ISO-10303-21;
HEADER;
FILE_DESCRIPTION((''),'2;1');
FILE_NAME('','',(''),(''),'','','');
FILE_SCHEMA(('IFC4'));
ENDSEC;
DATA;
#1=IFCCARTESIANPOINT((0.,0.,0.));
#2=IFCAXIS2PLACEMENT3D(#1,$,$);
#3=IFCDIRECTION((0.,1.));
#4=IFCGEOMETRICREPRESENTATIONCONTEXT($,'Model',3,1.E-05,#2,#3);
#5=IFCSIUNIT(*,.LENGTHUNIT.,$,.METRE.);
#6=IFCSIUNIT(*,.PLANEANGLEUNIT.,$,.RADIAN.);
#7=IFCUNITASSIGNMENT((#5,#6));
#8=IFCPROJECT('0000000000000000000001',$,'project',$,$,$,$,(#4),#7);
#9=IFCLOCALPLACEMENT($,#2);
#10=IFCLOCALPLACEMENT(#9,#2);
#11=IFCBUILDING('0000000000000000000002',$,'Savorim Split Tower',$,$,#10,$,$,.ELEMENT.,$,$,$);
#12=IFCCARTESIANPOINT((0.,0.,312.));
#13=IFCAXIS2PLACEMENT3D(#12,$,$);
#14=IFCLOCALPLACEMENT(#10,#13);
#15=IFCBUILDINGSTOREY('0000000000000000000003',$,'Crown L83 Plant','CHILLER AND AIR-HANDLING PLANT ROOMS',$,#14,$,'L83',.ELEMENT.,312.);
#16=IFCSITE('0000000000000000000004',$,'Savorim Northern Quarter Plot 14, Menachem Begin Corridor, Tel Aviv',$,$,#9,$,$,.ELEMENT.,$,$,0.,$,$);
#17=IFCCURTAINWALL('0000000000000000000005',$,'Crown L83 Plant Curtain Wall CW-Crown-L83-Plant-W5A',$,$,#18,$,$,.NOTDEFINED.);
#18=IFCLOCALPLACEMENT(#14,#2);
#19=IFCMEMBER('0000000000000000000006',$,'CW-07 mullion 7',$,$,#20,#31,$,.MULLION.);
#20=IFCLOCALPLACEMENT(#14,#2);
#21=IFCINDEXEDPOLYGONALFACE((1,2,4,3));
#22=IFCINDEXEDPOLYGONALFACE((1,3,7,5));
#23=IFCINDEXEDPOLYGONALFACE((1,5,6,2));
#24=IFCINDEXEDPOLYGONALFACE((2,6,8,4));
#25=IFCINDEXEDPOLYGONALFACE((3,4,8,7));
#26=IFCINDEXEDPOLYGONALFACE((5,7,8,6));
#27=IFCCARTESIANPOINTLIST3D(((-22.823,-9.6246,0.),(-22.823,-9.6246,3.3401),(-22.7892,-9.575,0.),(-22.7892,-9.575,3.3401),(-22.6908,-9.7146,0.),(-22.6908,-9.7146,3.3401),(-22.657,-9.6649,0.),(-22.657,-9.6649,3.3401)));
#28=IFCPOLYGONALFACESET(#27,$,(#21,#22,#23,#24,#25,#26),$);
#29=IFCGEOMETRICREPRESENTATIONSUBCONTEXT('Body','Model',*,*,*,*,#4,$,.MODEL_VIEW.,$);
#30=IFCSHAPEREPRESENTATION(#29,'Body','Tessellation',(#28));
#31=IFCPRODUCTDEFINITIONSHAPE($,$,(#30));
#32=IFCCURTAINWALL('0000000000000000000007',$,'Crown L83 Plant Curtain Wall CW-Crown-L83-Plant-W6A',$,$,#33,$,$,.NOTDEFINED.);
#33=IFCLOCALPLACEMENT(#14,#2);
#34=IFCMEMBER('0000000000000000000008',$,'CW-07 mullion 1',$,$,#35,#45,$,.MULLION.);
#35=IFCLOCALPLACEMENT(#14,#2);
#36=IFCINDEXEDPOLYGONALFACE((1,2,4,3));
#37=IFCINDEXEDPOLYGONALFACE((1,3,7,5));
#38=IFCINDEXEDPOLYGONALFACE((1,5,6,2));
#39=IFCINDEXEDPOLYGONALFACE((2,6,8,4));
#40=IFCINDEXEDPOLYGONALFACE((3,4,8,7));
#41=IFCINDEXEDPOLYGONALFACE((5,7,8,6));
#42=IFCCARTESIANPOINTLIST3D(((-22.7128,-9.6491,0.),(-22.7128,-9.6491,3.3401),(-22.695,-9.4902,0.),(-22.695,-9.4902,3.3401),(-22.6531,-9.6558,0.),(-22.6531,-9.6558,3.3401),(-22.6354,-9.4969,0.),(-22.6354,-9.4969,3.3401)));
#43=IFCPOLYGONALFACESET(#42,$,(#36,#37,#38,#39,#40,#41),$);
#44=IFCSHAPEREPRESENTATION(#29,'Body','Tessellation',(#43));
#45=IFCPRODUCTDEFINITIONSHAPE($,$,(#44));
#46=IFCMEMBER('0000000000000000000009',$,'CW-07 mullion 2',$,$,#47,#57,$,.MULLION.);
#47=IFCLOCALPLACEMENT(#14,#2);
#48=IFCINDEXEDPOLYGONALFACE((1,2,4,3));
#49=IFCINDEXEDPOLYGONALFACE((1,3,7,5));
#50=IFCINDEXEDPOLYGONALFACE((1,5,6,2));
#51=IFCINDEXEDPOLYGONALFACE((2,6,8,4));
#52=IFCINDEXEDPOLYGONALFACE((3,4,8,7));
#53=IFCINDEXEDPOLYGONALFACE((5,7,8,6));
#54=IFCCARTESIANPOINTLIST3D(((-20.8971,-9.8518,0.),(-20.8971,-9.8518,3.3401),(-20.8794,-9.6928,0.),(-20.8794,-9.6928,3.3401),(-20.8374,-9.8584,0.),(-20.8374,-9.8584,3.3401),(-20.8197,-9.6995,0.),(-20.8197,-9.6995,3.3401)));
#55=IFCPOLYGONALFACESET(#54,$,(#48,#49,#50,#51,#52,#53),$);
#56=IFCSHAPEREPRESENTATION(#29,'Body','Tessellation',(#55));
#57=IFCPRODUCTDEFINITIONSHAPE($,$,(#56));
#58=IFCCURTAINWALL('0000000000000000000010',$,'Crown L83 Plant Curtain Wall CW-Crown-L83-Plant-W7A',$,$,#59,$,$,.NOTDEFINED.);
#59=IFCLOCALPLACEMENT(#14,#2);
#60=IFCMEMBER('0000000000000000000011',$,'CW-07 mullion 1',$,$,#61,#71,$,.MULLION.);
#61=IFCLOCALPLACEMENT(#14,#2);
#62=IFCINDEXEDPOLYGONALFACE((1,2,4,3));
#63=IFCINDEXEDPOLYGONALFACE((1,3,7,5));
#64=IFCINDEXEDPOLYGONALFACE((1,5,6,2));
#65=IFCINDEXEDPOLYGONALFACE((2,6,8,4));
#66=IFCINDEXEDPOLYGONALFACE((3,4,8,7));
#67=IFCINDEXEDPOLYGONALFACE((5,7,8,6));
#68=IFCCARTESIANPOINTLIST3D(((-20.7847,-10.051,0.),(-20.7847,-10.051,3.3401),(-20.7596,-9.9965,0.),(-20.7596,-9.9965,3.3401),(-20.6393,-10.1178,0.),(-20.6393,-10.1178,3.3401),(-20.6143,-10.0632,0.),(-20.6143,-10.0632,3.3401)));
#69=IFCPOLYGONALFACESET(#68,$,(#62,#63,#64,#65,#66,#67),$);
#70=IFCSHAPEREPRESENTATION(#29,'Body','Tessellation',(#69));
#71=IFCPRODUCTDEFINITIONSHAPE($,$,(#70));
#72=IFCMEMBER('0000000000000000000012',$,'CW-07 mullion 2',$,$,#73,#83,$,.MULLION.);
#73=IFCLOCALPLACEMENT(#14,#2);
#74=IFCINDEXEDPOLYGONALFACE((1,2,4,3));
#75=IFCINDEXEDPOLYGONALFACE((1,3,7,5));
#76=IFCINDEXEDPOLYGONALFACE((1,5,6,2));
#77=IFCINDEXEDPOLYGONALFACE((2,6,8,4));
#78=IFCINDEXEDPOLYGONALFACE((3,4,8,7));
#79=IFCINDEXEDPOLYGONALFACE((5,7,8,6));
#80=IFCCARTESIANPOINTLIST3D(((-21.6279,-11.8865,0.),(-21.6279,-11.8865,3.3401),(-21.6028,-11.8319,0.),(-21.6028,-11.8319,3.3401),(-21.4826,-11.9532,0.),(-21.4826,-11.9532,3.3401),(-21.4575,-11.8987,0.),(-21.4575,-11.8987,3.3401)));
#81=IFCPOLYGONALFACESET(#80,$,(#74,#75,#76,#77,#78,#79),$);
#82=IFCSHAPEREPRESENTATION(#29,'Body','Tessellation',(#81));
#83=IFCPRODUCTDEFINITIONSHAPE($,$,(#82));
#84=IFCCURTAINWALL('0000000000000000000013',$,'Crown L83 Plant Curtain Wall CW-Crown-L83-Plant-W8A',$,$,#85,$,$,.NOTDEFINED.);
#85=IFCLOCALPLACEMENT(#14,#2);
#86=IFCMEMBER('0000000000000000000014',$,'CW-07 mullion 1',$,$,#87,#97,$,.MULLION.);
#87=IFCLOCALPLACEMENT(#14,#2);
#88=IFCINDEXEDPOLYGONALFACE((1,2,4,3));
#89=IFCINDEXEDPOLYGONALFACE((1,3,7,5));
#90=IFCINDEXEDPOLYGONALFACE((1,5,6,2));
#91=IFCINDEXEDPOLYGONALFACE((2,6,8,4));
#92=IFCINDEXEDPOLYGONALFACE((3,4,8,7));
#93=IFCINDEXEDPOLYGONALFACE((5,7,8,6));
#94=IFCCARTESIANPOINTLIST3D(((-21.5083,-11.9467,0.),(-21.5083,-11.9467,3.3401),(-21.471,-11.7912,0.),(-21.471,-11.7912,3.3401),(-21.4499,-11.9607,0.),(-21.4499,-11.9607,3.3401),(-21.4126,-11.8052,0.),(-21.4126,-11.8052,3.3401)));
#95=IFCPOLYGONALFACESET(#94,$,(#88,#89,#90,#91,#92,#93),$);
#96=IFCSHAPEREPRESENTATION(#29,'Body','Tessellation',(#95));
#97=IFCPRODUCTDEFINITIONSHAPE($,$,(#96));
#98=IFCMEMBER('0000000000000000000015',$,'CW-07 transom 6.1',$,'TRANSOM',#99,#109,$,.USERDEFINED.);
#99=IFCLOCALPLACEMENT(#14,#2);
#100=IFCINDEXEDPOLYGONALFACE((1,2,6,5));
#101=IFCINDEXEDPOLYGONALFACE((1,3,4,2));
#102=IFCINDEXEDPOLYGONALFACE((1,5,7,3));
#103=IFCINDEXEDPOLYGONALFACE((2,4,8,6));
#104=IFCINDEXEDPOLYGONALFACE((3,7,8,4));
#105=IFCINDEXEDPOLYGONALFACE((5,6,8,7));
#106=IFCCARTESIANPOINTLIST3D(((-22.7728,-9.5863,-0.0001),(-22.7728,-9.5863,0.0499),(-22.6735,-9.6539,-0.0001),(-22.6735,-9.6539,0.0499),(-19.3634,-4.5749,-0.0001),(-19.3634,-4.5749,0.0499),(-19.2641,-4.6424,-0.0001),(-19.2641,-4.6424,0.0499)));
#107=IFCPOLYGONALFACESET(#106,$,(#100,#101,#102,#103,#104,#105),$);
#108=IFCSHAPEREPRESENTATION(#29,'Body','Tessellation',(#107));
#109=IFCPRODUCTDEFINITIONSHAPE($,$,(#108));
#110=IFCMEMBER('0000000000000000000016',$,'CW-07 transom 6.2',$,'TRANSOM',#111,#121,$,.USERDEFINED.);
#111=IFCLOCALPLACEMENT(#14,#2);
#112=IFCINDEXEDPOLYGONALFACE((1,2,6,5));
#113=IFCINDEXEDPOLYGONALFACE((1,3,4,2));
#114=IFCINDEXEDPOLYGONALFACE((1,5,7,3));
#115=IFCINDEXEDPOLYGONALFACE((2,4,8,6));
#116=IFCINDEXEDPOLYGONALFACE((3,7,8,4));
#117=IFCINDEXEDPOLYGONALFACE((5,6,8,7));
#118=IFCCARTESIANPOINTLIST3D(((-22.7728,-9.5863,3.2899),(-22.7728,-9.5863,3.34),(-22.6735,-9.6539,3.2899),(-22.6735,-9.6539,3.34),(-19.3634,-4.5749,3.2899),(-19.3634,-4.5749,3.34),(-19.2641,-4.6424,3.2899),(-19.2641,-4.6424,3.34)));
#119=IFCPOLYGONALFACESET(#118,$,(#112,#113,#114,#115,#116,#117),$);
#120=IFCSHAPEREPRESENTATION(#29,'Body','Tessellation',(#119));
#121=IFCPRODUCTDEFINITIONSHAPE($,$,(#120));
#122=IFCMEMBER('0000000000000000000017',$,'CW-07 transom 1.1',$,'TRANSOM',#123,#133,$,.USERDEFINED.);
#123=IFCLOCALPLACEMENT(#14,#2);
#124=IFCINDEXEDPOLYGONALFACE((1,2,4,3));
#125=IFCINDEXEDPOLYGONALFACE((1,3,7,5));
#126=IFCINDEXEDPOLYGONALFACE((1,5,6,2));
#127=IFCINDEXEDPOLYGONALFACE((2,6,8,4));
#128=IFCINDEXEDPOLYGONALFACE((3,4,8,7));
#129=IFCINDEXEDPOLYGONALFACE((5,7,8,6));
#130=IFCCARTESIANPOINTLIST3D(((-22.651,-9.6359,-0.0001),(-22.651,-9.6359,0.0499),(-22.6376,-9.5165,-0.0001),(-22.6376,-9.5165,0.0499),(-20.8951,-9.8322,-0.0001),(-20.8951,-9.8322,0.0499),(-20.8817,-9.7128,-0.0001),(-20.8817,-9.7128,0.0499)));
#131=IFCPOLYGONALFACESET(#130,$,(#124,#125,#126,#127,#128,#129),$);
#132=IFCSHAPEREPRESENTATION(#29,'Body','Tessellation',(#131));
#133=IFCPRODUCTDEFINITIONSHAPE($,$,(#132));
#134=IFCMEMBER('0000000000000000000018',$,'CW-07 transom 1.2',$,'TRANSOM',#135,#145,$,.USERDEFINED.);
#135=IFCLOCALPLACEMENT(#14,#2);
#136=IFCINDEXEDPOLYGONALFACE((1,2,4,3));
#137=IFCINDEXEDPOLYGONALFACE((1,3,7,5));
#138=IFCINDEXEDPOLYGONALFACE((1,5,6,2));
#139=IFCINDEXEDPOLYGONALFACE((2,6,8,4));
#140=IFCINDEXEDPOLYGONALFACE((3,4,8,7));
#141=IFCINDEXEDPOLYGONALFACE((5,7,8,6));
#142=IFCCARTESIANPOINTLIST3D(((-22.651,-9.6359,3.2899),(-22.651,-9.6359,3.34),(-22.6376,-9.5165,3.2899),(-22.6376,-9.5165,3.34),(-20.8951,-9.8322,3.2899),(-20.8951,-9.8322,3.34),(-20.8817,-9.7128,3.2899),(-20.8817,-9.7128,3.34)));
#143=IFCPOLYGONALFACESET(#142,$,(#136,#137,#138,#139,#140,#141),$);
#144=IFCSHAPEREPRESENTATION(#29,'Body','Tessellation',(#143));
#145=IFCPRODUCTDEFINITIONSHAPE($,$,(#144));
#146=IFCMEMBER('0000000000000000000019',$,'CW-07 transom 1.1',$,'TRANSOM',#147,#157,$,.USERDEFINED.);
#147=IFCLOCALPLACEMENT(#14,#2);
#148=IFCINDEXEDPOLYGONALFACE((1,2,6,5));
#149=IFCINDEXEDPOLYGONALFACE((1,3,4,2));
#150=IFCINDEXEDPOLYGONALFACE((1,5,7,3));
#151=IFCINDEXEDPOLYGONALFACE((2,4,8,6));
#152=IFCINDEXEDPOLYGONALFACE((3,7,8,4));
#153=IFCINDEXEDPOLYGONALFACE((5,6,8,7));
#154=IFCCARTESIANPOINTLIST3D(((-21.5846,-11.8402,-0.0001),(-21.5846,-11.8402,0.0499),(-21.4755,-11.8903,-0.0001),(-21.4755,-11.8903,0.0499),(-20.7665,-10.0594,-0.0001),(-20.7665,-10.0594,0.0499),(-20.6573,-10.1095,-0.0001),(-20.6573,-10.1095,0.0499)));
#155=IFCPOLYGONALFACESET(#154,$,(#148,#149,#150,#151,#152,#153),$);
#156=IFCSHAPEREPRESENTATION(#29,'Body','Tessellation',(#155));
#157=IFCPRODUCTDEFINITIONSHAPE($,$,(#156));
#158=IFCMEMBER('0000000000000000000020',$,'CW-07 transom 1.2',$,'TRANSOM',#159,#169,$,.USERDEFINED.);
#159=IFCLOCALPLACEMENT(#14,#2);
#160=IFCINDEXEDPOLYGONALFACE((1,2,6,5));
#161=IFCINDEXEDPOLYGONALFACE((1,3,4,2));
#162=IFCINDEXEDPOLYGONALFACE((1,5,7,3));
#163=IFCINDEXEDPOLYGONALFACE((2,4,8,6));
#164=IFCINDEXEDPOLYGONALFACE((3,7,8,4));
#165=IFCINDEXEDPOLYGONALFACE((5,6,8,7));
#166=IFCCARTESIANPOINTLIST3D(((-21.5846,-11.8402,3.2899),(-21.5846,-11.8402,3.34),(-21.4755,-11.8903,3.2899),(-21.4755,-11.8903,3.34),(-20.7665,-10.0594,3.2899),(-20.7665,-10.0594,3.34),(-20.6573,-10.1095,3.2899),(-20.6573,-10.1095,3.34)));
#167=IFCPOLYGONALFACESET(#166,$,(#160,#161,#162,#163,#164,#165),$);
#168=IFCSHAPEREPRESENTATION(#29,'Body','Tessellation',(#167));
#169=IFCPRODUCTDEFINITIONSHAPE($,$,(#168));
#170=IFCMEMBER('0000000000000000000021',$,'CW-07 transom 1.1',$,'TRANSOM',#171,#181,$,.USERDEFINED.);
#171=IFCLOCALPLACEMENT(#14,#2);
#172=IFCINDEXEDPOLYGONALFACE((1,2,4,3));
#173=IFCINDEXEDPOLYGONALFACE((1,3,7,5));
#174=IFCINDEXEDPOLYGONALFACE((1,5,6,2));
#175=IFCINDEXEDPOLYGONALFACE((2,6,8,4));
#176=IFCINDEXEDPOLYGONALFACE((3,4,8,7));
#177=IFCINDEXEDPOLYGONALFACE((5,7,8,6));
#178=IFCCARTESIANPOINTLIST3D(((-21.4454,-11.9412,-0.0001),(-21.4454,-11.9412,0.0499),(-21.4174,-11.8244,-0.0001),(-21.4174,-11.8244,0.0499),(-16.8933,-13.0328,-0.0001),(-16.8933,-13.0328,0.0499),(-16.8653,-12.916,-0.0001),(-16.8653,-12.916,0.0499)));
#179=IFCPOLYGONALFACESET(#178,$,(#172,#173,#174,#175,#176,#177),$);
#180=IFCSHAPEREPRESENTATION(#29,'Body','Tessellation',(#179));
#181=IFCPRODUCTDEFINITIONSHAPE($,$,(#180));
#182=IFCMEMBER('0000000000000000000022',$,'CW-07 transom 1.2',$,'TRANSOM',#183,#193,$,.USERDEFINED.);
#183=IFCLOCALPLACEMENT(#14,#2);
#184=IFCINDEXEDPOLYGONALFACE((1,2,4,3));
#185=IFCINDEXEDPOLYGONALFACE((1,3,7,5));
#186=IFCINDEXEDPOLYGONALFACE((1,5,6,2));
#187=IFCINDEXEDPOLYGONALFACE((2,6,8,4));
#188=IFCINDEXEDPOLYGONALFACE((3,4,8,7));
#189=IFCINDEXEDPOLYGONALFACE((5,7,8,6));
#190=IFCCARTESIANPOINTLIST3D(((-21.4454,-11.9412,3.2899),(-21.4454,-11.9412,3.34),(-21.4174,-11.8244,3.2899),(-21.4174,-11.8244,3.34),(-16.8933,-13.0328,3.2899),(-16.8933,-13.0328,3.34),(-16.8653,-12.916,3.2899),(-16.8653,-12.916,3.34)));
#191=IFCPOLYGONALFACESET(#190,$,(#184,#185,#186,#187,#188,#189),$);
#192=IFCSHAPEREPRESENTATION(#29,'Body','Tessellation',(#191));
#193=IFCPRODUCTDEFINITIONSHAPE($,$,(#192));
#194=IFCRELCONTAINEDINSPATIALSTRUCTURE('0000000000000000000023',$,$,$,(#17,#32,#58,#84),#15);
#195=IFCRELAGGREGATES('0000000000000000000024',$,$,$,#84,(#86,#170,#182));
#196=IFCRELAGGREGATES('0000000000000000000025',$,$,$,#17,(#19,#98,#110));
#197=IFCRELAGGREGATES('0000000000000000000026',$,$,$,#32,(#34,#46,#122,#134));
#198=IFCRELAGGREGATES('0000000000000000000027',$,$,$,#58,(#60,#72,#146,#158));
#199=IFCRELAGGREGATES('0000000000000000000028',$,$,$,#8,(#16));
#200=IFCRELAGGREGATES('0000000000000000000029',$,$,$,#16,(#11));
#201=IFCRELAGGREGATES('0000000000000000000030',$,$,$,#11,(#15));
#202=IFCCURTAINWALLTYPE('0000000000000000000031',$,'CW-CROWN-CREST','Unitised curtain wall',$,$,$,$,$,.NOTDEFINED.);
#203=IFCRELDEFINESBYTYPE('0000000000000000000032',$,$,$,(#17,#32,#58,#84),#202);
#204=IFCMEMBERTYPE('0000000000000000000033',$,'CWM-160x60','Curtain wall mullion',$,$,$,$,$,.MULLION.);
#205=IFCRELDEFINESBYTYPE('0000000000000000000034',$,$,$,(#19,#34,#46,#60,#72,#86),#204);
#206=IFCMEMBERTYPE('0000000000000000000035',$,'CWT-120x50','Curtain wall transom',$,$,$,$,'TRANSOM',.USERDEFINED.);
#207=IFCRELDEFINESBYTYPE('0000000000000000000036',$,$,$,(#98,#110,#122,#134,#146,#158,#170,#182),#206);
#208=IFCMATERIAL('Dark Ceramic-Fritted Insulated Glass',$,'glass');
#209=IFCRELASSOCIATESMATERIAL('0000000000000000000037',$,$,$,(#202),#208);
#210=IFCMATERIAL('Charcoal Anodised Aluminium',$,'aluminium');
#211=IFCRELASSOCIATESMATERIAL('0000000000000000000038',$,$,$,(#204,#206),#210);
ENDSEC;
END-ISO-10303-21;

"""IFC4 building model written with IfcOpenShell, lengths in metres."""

from ifc_helpers import new_model, si_unit, direction, frame, origin, origin_2d, place, context, subcontext, project, spatial, rectangle, extrude, material, material_profile, profile_set, type_object, element, aggregate, save


model = new_model("IFC4")

# Units and contexts
model_context = context("Model", 3, precision=1e-05, world=origin(), true_north=direction((0.0, 1.0)))
body_context = subcontext(model_context, "Body", "Model", "MODEL_VIEW")
ifc_project = project(units=[si_unit("LENGTHUNIT", "METRE"), si_unit("PLANEANGLEUNIT", "RADIAN")], contexts=[model_context])

# Site, building, storey
site_placement = place(None, origin())
site = spatial("IfcSite", under=ifc_project, at=site_placement, Name="Savorim Northern Quarter Plot 14, Menachem Begin Corridor, Tel Aviv", CompositionType="ELEMENT", RefElevation=0.0)
building_placement = place(site_placement, origin())
building = spatial("IfcBuilding", under=site, at=building_placement, Name="Savorim Split Tower", CompositionType="ELEMENT")
storey_placement = place(building_placement, frame((0.0, 0.0, 312.0)))
storey = spatial("IfcBuildingStorey", under=building, at=storey_placement, Name="Crown L83 Plant", Description="CHILLER AND AIR-HANDLING PLANT ROOMS", LongName="L83", CompositionType="ELEMENT", Elevation=312.0)

# Curtain wall, member
ifc_material_1 = material(Name="Dark Ceramic-Fritted Insulated Glass", Category="glass")
curtain_wall_type = type_object("IfcCurtainWallType", Name="CW-CROWN-CREST", Description="Unitised curtain wall", PredefinedType="NOTDEFINED", material=ifc_material_1)
curtain_wall_1_placement = place(storey_placement, origin())
curtain_wall_1 = element("IfcCurtainWall", 1, at=curtain_wall_1_placement, inside=storey, type_object=curtain_wall_type, Name="Crown L83 Plant Curtain Wall CW-Crown-L83-Plant-W5A", PredefinedType="NOTDEFINED")
ifc_material_2 = material(Name="Charcoal Anodised Aluminium", Category="aluminium")
ifc_material_profile_1 = material_profile(ifc_material_2, rectangle(XDim=0.1599, YDim=0.0601, at=origin_2d()), Name="ALU-M 160x60")
ifc_profile_set_1 = profile_set([ifc_material_profile_1], Name="Charcoal Anodised Aluminium")
member_type_1 = type_object("IfcMemberType", Name="CWM-160x60", Description="Curtain wall mullion", PredefinedType="MULLION", material=ifc_profile_set_1)
member_1_placement = place(storey_placement, frame((-22.74, -9.6448, 0.0), z_axis=(0.0, 0.0, 1.0), x_axis=(0.826821, -0.562465, 0.0)))
member_1 = element("IfcMember", 2, at=member_1_placement, type_object=member_type_1, Name="CW-07 mullion 7", PredefinedType="MULLION", context=body_context, shape_type="SweptSolid", body=[
    extrude(rectangle(XDim=0.1599, YDim=0.0601, at=origin_2d()), origin(), (0.0, 0.0, 1.0), 3.3401),
])

# Curtain walls, members
curtain_wall_2_placement = place(storey_placement, origin())
curtain_wall_2 = element("IfcCurtainWall", 3, at=curtain_wall_2_placement, inside=storey, type_object=curtain_wall_type, Name="Crown L83 Plant Curtain Wall CW-Crown-L83-Plant-W6A", PredefinedType="NOTDEFINED")
member_2_placement = place(storey_placement, frame((-22.6741, -9.573, 0.0), z_axis=(0.0, 0.0, 1.0), x_axis=(0.110984, 0.993822, 0.0)))
member_2 = element("IfcMember", 4, at=member_2_placement, type_object=member_type_1, Name="CW-07 mullion 1", PredefinedType="MULLION", context=body_context, shape_type="SweptSolid", body=[
    extrude(rectangle(XDim=0.1599, YDim=0.0601, at=origin_2d()), origin(), (0.0, 0.0, 1.0), 3.3401),
])
member_3_placement = place(storey_placement, frame((-20.8584, -9.7756, 0.0), z_axis=(0.0, 0.0, 1.0), x_axis=(0.110984, 0.993822, 0.0)))
member_3 = element("IfcMember", 5, at=member_3_placement, type_object=member_type_1, Name="CW-07 mullion 2", PredefinedType="MULLION", context=body_context, shape_type="SweptSolid", body=[
    extrude(rectangle(XDim=0.1599, YDim=0.0601, at=origin_2d()), origin(), (0.0, 0.0, 1.0), 3.3401),
])
curtain_wall_3_placement = place(storey_placement, origin())
curtain_wall_3 = element("IfcCurtainWall", 6, at=curtain_wall_3_placement, inside=storey, type_object=curtain_wall_type, Name="Crown L83 Plant Curtain Wall CW-Crown-L83-Plant-W7A", PredefinedType="NOTDEFINED")
member_4_placement = place(storey_placement, frame((-20.6995, -10.0571, 0.0), z_axis=(0.0, 0.0, 1.0), x_axis=(0.908683, -0.417487, 0.0)))
member_4 = element("IfcMember", 7, at=member_4_placement, type_object=member_type_1, Name="CW-07 mullion 1", PredefinedType="MULLION", context=body_context, shape_type="SweptSolid", body=[
    extrude(rectangle(XDim=0.1599, YDim=0.0601, at=origin_2d()), origin(), (0.0, 0.0, 1.0), 3.3401),
])
member_5_placement = place(storey_placement, frame((-21.5427, -11.8926, 0.0), z_axis=(0.0, 0.0, 1.0), x_axis=(0.908683, -0.417487, 0.0)))
member_5 = element("IfcMember", 8, at=member_5_placement, type_object=member_type_1, Name="CW-07 mullion 2", PredefinedType="MULLION", context=body_context, shape_type="SweptSolid", body=[
    extrude(rectangle(XDim=0.1599, YDim=0.0601, at=origin_2d()), origin(), (0.0, 0.0, 1.0), 3.3401),
])

# Curtain wall, member
curtain_wall_4_placement = place(storey_placement, origin())
curtain_wall_4 = element("IfcCurtainWall", 9, at=curtain_wall_4_placement, inside=storey, type_object=curtain_wall_type, Name="Crown L83 Plant Curtain Wall CW-Crown-L83-Plant-W8A", PredefinedType="NOTDEFINED")
member_6_placement = place(storey_placement, frame((-21.4604, -11.876, 0.0), z_axis=(0.0, 0.0, 1.0), x_axis=(0.233163, 0.972438, 0.0)))
member_6 = element("IfcMember", 10, at=member_6_placement, type_object=member_type_1, Name="CW-07 mullion 1", PredefinedType="MULLION", context=body_context, shape_type="SweptSolid", body=[
    extrude(rectangle(XDim=0.1599, YDim=0.0601, at=origin_2d()), origin(), (0.0, 0.0, 1.0), 3.3401),
])

# Members
ifc_material_profile_2 = material_profile(ifc_material_2, rectangle(XDim=0.1201, YDim=0.05, at=origin_2d()), Name="ALU-T 120x50")
ifc_profile_set_2 = profile_set([ifc_material_profile_2], Name="Charcoal Anodised Aluminium")
member_type_2 = type_object("IfcMemberType", Name="CWT-120x50", Description="Curtain wall transom", ElementType="TRANSOM", PredefinedType="USERDEFINED", material=ifc_profile_set_2)
member_7_placement = place(storey_placement, frame((-19.3137, -4.6086, 0.0249), z_axis=(-0.562493, -0.826802, 0.0), x_axis=(0.826802, -0.562493, 0.0)))
member_7 = element("IfcMember", 11, at=member_7_placement, type_object=member_type_2, Name="CW-07 transom 6.1", ObjectType="TRANSOM", PredefinedType="USERDEFINED", context=body_context, shape_type="SweptSolid", body=[
    extrude(rectangle(XDim=0.1201, YDim=0.05, at=origin_2d()), origin(), (0.0, 0.0, 1.0), 6.0613),
])
member_8_placement = place(storey_placement, frame((-19.3137, -4.6086, 3.3149), z_axis=(-0.562493, -0.826802, 0.0), x_axis=(0.826802, -0.562493, 0.0)))
member_8 = element("IfcMember", 12, at=member_8_placement, type_object=member_type_2, Name="CW-07 transom 6.2", ObjectType="TRANSOM", PredefinedType="USERDEFINED", context=body_context, shape_type="SweptSolid", body=[
    extrude(rectangle(XDim=0.1201, YDim=0.05, at=origin_2d()), origin(), (0.0, 0.0, 1.0), 6.0613),
])
member_9_placement = place(storey_placement, frame((-22.6443, -9.5762, 0.0249), z_axis=(0.993809, -0.111099, 0.0), x_axis=(0.111099, 0.993809, 0.0)))
member_9 = element("IfcMember", 13, at=member_9_placement, type_object=member_type_2, Name="CW-07 transom 1.1", ObjectType="TRANSOM", PredefinedType="USERDEFINED", context=body_context, shape_type="SweptSolid", body=[
    extrude(rectangle(XDim=0.1201, YDim=0.05, at=origin_2d()), origin(), (0.0, 0.0, 1.0), 1.7668),
])
member_10_placement = place(storey_placement, frame((-22.6443, -9.5762, 3.3149), z_axis=(0.993809, -0.111099, 0.0), x_axis=(0.111099, 0.993809, 0.0)))
member_10 = element("IfcMember", 14, at=member_10_placement, type_object=member_type_2, Name="CW-07 transom 1.2", ObjectType="TRANSOM", PredefinedType="USERDEFINED", context=body_context, shape_type="SweptSolid", body=[
    extrude(rectangle(XDim=0.1201, YDim=0.05, at=origin_2d()), origin(), (0.0, 0.0, 1.0), 1.7668),
])
member_11_placement = place(storey_placement, frame((-20.7119, -10.0845, 0.0249), z_axis=(-0.41747, -0.908691, 0.0), x_axis=(0.908691, -0.41747, 0.0)))
member_11 = element("IfcMember", 15, at=member_11_placement, type_object=member_type_2, Name="CW-07 transom 1.1", ObjectType="TRANSOM", PredefinedType="USERDEFINED", context=body_context, shape_type="SweptSolid", body=[
    extrude(rectangle(XDim=0.1201, YDim=0.05, at=origin_2d()), origin(), (0.0, 0.0, 1.0), 1.9597),
])
member_12_placement = place(storey_placement, frame((-20.7119, -10.0845, 3.3149), z_axis=(-0.41747, -0.908691, 0.0), x_axis=(0.908691, -0.41747, 0.0)))
member_12 = element("IfcMember", 16, at=member_12_placement, type_object=member_type_2, Name="CW-07 transom 1.2", ObjectType="TRANSOM", PredefinedType="USERDEFINED", context=body_context, shape_type="SweptSolid", body=[
    extrude(rectangle(XDim=0.1201, YDim=0.05, at=origin_2d()), origin(), (0.0, 0.0, 1.0), 1.9597),
])
member_13_placement = place(storey_placement, frame((-21.4314, -11.8828, 0.0249), z_axis=(0.972432, -0.233186, 0.0), x_axis=(0.233186, 0.972432, 0.0)))
member_13 = element("IfcMember", 17, at=member_13_placement, type_object=member_type_2, Name="CW-07 transom 1.1", ObjectType="TRANSOM", PredefinedType="USERDEFINED", context=body_context, shape_type="SweptSolid", body=[
    extrude(rectangle(XDim=0.1201, YDim=0.05, at=origin_2d()), origin(), (0.0, 0.0, 1.0), 4.6812),
])
member_14_placement = place(storey_placement, frame((-21.4314, -11.8828, 3.3149), z_axis=(0.972432, -0.233186, 0.0), x_axis=(0.233186, 0.972432, 0.0)))
member_14 = element("IfcMember", 18, at=member_14_placement, type_object=member_type_2, Name="CW-07 transom 1.2", ObjectType="TRANSOM", PredefinedType="USERDEFINED", context=body_context, shape_type="SweptSolid", body=[
    extrude(rectangle(XDim=0.1201, YDim=0.05, at=origin_2d()), origin(), (0.0, 0.0, 1.0), 4.6812),
])
aggregate(curtain_wall_4, [member_6, member_13, member_14])

aggregate(curtain_wall_1, [member_1, member_7, member_8])
aggregate(curtain_wall_2, [member_2, member_3, member_9, member_10])
aggregate(curtain_wall_3, [member_4, member_5, member_11, member_12])

save(model, "model.ifc")
